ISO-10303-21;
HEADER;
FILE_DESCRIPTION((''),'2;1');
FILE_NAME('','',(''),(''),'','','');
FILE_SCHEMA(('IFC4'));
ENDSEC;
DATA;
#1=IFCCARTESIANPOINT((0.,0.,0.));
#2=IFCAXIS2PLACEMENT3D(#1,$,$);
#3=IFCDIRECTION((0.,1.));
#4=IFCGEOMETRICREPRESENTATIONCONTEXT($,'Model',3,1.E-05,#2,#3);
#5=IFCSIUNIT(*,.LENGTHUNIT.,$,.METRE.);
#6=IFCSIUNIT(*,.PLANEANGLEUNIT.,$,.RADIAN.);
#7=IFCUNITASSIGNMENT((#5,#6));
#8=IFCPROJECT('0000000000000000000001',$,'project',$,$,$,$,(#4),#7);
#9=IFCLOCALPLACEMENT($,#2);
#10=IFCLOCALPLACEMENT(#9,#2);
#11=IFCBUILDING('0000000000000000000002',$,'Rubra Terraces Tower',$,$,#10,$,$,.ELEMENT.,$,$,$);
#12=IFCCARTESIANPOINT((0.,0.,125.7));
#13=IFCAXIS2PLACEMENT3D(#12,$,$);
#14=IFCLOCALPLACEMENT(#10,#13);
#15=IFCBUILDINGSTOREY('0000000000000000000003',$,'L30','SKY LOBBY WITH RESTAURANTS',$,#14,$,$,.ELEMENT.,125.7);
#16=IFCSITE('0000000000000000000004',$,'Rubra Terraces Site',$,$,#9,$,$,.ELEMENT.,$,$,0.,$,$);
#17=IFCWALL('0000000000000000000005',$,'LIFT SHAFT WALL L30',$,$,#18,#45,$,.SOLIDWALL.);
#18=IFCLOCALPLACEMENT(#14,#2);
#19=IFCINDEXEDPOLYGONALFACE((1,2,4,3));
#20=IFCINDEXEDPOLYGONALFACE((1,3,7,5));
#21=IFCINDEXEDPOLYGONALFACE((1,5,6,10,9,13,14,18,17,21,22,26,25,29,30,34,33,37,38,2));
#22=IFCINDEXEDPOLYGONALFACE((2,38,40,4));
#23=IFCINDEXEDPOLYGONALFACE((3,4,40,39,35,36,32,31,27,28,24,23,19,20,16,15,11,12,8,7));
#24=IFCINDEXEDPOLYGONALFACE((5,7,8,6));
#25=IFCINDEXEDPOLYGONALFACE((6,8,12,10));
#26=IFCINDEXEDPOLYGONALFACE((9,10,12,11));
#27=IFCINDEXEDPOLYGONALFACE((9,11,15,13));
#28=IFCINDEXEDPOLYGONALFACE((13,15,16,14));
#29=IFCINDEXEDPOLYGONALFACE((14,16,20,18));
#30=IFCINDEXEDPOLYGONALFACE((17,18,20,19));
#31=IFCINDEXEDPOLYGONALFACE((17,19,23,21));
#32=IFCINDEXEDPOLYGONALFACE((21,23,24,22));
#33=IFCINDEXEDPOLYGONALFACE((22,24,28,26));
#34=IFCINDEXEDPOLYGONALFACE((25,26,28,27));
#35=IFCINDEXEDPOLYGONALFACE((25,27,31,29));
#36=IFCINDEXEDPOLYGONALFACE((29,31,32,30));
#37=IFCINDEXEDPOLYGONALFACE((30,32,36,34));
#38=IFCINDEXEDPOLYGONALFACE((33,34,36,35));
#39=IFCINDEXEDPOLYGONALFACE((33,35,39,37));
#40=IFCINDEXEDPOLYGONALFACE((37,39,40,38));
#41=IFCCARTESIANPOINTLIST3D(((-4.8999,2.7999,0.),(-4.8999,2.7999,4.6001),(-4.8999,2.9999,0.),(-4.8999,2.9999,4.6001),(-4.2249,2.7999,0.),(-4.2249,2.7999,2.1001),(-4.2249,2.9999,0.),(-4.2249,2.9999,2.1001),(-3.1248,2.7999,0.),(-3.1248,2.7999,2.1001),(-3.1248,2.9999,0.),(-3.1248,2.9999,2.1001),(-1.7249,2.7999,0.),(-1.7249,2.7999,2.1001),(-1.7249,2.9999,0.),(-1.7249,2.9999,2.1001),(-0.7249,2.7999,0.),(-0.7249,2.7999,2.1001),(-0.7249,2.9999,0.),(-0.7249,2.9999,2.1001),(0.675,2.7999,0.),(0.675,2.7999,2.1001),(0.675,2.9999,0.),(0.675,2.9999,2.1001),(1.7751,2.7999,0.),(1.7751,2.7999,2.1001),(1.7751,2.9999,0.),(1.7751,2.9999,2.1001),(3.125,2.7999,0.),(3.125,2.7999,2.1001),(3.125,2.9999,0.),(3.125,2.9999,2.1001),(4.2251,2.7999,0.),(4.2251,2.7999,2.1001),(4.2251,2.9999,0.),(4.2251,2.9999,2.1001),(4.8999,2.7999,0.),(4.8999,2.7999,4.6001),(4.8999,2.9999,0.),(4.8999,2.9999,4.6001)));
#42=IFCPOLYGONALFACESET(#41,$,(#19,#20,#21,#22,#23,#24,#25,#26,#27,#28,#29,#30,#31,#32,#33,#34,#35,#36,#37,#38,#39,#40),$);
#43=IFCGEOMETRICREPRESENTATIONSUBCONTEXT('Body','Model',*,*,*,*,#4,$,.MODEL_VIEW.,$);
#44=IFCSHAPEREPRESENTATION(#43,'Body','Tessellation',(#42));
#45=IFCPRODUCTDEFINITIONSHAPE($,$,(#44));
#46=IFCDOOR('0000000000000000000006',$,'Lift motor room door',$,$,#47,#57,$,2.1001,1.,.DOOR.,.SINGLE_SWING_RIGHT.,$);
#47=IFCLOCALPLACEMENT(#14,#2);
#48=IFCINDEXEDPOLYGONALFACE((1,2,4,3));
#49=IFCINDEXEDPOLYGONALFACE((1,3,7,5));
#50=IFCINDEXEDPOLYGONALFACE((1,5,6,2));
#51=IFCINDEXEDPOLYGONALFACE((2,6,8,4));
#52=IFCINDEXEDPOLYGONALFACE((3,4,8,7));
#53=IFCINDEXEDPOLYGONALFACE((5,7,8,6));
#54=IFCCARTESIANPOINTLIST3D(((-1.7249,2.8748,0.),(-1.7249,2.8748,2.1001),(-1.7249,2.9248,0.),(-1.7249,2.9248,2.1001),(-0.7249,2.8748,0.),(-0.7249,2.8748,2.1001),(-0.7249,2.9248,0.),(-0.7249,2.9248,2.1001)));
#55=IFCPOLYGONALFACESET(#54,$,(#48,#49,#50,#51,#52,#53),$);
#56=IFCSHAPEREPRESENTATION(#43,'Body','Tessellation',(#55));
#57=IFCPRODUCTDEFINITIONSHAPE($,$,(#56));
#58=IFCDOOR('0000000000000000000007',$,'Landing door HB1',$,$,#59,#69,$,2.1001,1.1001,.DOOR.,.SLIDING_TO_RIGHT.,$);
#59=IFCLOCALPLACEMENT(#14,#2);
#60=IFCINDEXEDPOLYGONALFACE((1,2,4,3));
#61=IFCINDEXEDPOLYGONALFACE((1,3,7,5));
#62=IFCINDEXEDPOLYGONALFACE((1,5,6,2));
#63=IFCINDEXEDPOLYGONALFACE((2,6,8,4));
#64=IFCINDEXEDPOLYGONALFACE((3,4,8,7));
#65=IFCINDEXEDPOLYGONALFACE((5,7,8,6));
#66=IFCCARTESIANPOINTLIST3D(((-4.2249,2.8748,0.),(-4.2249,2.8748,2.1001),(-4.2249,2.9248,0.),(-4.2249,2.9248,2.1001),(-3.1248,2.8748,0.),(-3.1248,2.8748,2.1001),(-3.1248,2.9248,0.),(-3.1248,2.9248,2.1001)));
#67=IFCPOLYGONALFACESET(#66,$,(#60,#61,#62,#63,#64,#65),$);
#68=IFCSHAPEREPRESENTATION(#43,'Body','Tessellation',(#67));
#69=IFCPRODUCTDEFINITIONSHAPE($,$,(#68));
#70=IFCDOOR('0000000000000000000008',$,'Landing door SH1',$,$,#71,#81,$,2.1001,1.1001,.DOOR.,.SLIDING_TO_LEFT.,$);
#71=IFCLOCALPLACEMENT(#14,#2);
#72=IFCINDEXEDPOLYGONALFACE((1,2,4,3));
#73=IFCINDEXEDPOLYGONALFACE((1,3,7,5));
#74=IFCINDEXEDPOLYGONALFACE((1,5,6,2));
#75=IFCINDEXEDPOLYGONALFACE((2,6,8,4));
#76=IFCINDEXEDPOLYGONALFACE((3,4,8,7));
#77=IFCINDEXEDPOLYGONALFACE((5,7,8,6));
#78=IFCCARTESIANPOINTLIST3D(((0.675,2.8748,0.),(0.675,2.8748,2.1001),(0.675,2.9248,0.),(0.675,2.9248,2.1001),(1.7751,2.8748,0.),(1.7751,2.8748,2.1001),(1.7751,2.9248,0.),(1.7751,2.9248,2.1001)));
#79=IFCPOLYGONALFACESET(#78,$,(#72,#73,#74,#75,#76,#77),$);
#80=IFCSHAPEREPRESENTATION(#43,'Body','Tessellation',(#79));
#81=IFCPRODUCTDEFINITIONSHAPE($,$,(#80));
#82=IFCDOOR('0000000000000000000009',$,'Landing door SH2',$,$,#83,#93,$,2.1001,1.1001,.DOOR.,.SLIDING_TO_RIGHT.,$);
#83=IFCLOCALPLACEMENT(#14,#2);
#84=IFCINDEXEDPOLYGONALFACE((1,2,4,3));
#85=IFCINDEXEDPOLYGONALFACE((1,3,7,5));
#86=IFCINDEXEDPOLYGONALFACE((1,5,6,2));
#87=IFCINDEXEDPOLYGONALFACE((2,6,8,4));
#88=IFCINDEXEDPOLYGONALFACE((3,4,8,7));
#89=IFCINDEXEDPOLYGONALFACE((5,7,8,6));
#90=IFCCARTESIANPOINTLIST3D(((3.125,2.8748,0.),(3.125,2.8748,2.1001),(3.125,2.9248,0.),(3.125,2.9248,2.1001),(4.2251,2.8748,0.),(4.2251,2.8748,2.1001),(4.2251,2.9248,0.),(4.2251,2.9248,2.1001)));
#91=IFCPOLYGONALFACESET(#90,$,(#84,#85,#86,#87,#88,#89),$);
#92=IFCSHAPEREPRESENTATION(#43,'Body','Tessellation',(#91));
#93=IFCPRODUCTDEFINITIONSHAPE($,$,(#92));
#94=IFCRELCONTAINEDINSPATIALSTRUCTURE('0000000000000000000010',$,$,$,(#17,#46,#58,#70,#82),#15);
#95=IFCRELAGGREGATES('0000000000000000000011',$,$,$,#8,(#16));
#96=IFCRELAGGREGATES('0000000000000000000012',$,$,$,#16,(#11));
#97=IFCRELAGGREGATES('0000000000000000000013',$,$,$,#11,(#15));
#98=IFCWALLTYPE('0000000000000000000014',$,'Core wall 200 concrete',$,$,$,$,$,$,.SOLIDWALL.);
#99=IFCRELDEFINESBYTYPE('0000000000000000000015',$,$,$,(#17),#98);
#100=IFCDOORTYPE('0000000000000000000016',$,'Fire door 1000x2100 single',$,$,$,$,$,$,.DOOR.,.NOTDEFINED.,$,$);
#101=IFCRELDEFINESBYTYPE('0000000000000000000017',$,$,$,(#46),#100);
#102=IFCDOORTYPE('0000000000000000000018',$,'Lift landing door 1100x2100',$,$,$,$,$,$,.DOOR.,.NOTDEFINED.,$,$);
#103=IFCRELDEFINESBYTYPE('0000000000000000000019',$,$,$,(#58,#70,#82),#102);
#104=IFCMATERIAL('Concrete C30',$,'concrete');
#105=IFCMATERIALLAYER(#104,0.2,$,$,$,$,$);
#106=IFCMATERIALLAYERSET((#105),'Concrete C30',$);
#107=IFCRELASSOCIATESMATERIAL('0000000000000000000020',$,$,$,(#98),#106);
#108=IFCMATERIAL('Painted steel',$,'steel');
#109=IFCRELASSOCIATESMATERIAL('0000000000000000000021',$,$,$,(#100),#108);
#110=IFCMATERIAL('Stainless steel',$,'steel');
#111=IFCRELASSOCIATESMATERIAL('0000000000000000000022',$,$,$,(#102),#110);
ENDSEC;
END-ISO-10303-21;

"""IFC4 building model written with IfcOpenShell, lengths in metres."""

from ifc_helpers import new_model, si_unit, direction, frame, frame_2d, origin, place, context, subcontext, project, spatial, rectangle, extrude, material, layer, layer_set, type_object, element, fill, save


model = new_model("IFC4")

# Units and contexts
model_context = context("Model", 3, precision=1e-05, world=origin(), true_north=direction((0.0, 1.0)))
body_context = subcontext(model_context, "Body", "Model", "MODEL_VIEW")
ifc_project = project(units=[si_unit("LENGTHUNIT", "METRE"), si_unit("PLANEANGLEUNIT", "RADIAN")], contexts=[model_context])

# Site, building, storey
site_placement = place(None, origin())
site = spatial("IfcSite", under=ifc_project, at=site_placement, Name="Rubra Terraces Site", CompositionType="ELEMENT", RefElevation=0.0)
building_placement = place(site_placement, origin())
building = spatial("IfcBuilding", under=site, at=building_placement, Name="Rubra Terraces Tower", CompositionType="ELEMENT")
storey_placement = place(building_placement, frame((0.0, 0.0, 125.7)))
storey = spatial("IfcBuildingStorey", under=building, at=storey_placement, Name="L30", Description="SKY LOBBY WITH RESTAURANTS", CompositionType="ELEMENT", Elevation=125.7)

# Wall, openings, doors
ifc_material_1 = material(Name="Concrete C30", Category="concrete")
ifc_layer_1 = layer(ifc_material_1, 0.2)
ifc_layer_set_1 = layer_set([ifc_layer_1], Name="Concrete C30")
wall_type_1 = type_object("IfcWallType", Name="Core wall 200 concrete", PredefinedType="SOLIDWALL", material=ifc_layer_set_1)
wall_1_placement = place(storey_placement, frame((-4.8999, 2.8999, 0.0), z_axis=(0.0, 0.0, 1.0), x_axis=(1.0, 0.0, 0.0)))
wall_1 = element("IfcWall", 1, at=wall_1_placement, inside=storey, type_object=wall_type_1, Name="LIFT SHAFT WALL L30", PredefinedType="SOLIDWALL", context=body_context, shape_type="SweptSolid", body=[
    extrude(rectangle(XDim=9.7998, YDim=0.2, at=frame_2d((4.8999, 0.0))), origin(), (0.0, 0.0, 1.0), 4.6001),
])
opening_1_placement = place(wall_1_placement, frame((0.675, 0.0, 0.0)))
opening_1 = element("IfcOpeningElement", 2, at=opening_1_placement, cuts=wall_1, PredefinedType="OPENING", context=body_context, shape_type="SweptSolid", body=[
    extrude(rectangle(XDim=1.1001, YDim=2.1001, at=frame_2d((0.55, 1.05))), frame((0.0, 0.1099, 0.0), z_axis=(0.0, -1.0, 0.0), x_axis=(1.0, 0.0, 0.0)), (0.0, 0.0, 1.0), 0.22),
])
opening_2_placement = place(wall_1_placement, frame((3.175, 0.0, 0.0)))
opening_2 = element("IfcOpeningElement", 3, at=opening_2_placement, cuts=wall_1, PredefinedType="OPENING", context=body_context, shape_type="SweptSolid", body=[
    extrude(rectangle(XDim=1.0, YDim=2.1001, at=frame_2d((0.5, 1.05))), frame((0.0, 0.1099, 0.0), z_axis=(0.0, -1.0, 0.0), x_axis=(1.0, 0.0, 0.0)), (0.0, 0.0, 1.0), 0.22),
])
opening_3_placement = place(wall_1_placement, frame((5.575, 0.0, 0.0)))
opening_3 = element("IfcOpeningElement", 4, at=opening_3_placement, cuts=wall_1, PredefinedType="OPENING", context=body_context, shape_type="SweptSolid", body=[
    extrude(rectangle(XDim=1.1001, YDim=2.1001, at=frame_2d((0.55, 1.05))), frame((0.0, 0.1099, 0.0), z_axis=(0.0, -1.0, 0.0), x_axis=(1.0, 0.0, 0.0)), (0.0, 0.0, 1.0), 0.22),
])
opening_4_placement = place(wall_1_placement, frame((8.0249, 0.0, 0.0)))
opening_4 = element("IfcOpeningElement", 5, at=opening_4_placement, cuts=wall_1, PredefinedType="OPENING", context=body_context, shape_type="SweptSolid", body=[
    extrude(rectangle(XDim=1.1001, YDim=2.1001, at=frame_2d((0.55, 1.05))), frame((0.0, 0.1099, 0.0), z_axis=(0.0, -1.0, 0.0), x_axis=(1.0, 0.0, 0.0)), (0.0, 0.0, 1.0), 0.22),
])
ifc_material_2 = material(Name="Painted steel", Category="steel")
door_type_1 = type_object("IfcDoorType", Name="Fire door 1000x2100 single", OperationType="NOTDEFINED", PredefinedType="DOOR", material=ifc_material_2)
door_1_placement = place(opening_2_placement, origin())
door_1 = element("IfcDoor", 6, at=door_1_placement, inside=storey, type_object=door_type_1, Name="Lift motor room door", OperationType="SINGLE_SWING_RIGHT", OverallHeight=2.1001, OverallWidth=1.0, PredefinedType="DOOR", context=body_context, shape_type="SweptSolid", body=[
    extrude(rectangle(XDim=1.0, YDim=2.1001, at=frame_2d((0.5, 1.05))), frame((0.0, 0.0249, 0.0), z_axis=(0.0, -1.0, 0.0), x_axis=(1.0, 0.0, 0.0)), (0.0, 0.0, 1.0), 0.05),
])
fill(opening_2, door_1)
ifc_material_3 = material(Name="Stainless steel", Category="steel")
door_type_2 = type_object("IfcDoorType", Name="Lift landing door 1100x2100", OperationType="NOTDEFINED", PredefinedType="DOOR", material=ifc_material_3)
door_2_placement = place(opening_1_placement, origin())
door_2 = element("IfcDoor", 7, at=door_2_placement, inside=storey, type_object=door_type_2, Name="Landing door HB1", OperationType="SLIDING_TO_RIGHT", OverallHeight=2.1001, OverallWidth=1.1001, PredefinedType="DOOR", context=body_context, shape_type="SweptSolid", body=[
    extrude(rectangle(XDim=1.1001, YDim=2.1001, at=frame_2d((0.55, 1.05))), frame((0.0, 0.0249, 0.0), z_axis=(0.0, -1.0, 0.0), x_axis=(1.0, 0.0, 0.0)), (0.0, 0.0, 1.0), 0.05),
])
fill(opening_1, door_2)
door_3_placement = place(opening_3_placement, origin())
door_3 = element("IfcDoor", 8, at=door_3_placement, inside=storey, type_object=door_type_2, Name="Landing door SH1", OperationType="SLIDING_TO_LEFT", OverallHeight=2.1001, OverallWidth=1.1001, PredefinedType="DOOR", context=body_context, shape_type="SweptSolid", body=[
    extrude(rectangle(XDim=1.1001, YDim=2.1001, at=frame_2d((0.55, 1.05))), frame((0.0, 0.0249, 0.0), z_axis=(0.0, -1.0, 0.0), x_axis=(1.0, 0.0, 0.0)), (0.0, 0.0, 1.0), 0.05),
])
fill(opening_3, door_3)
door_4_placement = place(opening_4_placement, origin())
door_4 = element("IfcDoor", 9, at=door_4_placement, inside=storey, type_object=door_type_2, Name="Landing door SH2", OperationType="SLIDING_TO_RIGHT", OverallHeight=2.1001, OverallWidth=1.1001, PredefinedType="DOOR", context=body_context, shape_type="SweptSolid", body=[
    extrude(rectangle(XDim=1.1001, YDim=2.1001, at=frame_2d((0.55, 1.05))), frame((0.0, 0.0249, 0.0), z_axis=(0.0, -1.0, 0.0), x_axis=(1.0, 0.0, 0.0)), (0.0, 0.0, 1.0), 0.05),
])
fill(opening_4, door_4)

save(model, "model.ifc")
